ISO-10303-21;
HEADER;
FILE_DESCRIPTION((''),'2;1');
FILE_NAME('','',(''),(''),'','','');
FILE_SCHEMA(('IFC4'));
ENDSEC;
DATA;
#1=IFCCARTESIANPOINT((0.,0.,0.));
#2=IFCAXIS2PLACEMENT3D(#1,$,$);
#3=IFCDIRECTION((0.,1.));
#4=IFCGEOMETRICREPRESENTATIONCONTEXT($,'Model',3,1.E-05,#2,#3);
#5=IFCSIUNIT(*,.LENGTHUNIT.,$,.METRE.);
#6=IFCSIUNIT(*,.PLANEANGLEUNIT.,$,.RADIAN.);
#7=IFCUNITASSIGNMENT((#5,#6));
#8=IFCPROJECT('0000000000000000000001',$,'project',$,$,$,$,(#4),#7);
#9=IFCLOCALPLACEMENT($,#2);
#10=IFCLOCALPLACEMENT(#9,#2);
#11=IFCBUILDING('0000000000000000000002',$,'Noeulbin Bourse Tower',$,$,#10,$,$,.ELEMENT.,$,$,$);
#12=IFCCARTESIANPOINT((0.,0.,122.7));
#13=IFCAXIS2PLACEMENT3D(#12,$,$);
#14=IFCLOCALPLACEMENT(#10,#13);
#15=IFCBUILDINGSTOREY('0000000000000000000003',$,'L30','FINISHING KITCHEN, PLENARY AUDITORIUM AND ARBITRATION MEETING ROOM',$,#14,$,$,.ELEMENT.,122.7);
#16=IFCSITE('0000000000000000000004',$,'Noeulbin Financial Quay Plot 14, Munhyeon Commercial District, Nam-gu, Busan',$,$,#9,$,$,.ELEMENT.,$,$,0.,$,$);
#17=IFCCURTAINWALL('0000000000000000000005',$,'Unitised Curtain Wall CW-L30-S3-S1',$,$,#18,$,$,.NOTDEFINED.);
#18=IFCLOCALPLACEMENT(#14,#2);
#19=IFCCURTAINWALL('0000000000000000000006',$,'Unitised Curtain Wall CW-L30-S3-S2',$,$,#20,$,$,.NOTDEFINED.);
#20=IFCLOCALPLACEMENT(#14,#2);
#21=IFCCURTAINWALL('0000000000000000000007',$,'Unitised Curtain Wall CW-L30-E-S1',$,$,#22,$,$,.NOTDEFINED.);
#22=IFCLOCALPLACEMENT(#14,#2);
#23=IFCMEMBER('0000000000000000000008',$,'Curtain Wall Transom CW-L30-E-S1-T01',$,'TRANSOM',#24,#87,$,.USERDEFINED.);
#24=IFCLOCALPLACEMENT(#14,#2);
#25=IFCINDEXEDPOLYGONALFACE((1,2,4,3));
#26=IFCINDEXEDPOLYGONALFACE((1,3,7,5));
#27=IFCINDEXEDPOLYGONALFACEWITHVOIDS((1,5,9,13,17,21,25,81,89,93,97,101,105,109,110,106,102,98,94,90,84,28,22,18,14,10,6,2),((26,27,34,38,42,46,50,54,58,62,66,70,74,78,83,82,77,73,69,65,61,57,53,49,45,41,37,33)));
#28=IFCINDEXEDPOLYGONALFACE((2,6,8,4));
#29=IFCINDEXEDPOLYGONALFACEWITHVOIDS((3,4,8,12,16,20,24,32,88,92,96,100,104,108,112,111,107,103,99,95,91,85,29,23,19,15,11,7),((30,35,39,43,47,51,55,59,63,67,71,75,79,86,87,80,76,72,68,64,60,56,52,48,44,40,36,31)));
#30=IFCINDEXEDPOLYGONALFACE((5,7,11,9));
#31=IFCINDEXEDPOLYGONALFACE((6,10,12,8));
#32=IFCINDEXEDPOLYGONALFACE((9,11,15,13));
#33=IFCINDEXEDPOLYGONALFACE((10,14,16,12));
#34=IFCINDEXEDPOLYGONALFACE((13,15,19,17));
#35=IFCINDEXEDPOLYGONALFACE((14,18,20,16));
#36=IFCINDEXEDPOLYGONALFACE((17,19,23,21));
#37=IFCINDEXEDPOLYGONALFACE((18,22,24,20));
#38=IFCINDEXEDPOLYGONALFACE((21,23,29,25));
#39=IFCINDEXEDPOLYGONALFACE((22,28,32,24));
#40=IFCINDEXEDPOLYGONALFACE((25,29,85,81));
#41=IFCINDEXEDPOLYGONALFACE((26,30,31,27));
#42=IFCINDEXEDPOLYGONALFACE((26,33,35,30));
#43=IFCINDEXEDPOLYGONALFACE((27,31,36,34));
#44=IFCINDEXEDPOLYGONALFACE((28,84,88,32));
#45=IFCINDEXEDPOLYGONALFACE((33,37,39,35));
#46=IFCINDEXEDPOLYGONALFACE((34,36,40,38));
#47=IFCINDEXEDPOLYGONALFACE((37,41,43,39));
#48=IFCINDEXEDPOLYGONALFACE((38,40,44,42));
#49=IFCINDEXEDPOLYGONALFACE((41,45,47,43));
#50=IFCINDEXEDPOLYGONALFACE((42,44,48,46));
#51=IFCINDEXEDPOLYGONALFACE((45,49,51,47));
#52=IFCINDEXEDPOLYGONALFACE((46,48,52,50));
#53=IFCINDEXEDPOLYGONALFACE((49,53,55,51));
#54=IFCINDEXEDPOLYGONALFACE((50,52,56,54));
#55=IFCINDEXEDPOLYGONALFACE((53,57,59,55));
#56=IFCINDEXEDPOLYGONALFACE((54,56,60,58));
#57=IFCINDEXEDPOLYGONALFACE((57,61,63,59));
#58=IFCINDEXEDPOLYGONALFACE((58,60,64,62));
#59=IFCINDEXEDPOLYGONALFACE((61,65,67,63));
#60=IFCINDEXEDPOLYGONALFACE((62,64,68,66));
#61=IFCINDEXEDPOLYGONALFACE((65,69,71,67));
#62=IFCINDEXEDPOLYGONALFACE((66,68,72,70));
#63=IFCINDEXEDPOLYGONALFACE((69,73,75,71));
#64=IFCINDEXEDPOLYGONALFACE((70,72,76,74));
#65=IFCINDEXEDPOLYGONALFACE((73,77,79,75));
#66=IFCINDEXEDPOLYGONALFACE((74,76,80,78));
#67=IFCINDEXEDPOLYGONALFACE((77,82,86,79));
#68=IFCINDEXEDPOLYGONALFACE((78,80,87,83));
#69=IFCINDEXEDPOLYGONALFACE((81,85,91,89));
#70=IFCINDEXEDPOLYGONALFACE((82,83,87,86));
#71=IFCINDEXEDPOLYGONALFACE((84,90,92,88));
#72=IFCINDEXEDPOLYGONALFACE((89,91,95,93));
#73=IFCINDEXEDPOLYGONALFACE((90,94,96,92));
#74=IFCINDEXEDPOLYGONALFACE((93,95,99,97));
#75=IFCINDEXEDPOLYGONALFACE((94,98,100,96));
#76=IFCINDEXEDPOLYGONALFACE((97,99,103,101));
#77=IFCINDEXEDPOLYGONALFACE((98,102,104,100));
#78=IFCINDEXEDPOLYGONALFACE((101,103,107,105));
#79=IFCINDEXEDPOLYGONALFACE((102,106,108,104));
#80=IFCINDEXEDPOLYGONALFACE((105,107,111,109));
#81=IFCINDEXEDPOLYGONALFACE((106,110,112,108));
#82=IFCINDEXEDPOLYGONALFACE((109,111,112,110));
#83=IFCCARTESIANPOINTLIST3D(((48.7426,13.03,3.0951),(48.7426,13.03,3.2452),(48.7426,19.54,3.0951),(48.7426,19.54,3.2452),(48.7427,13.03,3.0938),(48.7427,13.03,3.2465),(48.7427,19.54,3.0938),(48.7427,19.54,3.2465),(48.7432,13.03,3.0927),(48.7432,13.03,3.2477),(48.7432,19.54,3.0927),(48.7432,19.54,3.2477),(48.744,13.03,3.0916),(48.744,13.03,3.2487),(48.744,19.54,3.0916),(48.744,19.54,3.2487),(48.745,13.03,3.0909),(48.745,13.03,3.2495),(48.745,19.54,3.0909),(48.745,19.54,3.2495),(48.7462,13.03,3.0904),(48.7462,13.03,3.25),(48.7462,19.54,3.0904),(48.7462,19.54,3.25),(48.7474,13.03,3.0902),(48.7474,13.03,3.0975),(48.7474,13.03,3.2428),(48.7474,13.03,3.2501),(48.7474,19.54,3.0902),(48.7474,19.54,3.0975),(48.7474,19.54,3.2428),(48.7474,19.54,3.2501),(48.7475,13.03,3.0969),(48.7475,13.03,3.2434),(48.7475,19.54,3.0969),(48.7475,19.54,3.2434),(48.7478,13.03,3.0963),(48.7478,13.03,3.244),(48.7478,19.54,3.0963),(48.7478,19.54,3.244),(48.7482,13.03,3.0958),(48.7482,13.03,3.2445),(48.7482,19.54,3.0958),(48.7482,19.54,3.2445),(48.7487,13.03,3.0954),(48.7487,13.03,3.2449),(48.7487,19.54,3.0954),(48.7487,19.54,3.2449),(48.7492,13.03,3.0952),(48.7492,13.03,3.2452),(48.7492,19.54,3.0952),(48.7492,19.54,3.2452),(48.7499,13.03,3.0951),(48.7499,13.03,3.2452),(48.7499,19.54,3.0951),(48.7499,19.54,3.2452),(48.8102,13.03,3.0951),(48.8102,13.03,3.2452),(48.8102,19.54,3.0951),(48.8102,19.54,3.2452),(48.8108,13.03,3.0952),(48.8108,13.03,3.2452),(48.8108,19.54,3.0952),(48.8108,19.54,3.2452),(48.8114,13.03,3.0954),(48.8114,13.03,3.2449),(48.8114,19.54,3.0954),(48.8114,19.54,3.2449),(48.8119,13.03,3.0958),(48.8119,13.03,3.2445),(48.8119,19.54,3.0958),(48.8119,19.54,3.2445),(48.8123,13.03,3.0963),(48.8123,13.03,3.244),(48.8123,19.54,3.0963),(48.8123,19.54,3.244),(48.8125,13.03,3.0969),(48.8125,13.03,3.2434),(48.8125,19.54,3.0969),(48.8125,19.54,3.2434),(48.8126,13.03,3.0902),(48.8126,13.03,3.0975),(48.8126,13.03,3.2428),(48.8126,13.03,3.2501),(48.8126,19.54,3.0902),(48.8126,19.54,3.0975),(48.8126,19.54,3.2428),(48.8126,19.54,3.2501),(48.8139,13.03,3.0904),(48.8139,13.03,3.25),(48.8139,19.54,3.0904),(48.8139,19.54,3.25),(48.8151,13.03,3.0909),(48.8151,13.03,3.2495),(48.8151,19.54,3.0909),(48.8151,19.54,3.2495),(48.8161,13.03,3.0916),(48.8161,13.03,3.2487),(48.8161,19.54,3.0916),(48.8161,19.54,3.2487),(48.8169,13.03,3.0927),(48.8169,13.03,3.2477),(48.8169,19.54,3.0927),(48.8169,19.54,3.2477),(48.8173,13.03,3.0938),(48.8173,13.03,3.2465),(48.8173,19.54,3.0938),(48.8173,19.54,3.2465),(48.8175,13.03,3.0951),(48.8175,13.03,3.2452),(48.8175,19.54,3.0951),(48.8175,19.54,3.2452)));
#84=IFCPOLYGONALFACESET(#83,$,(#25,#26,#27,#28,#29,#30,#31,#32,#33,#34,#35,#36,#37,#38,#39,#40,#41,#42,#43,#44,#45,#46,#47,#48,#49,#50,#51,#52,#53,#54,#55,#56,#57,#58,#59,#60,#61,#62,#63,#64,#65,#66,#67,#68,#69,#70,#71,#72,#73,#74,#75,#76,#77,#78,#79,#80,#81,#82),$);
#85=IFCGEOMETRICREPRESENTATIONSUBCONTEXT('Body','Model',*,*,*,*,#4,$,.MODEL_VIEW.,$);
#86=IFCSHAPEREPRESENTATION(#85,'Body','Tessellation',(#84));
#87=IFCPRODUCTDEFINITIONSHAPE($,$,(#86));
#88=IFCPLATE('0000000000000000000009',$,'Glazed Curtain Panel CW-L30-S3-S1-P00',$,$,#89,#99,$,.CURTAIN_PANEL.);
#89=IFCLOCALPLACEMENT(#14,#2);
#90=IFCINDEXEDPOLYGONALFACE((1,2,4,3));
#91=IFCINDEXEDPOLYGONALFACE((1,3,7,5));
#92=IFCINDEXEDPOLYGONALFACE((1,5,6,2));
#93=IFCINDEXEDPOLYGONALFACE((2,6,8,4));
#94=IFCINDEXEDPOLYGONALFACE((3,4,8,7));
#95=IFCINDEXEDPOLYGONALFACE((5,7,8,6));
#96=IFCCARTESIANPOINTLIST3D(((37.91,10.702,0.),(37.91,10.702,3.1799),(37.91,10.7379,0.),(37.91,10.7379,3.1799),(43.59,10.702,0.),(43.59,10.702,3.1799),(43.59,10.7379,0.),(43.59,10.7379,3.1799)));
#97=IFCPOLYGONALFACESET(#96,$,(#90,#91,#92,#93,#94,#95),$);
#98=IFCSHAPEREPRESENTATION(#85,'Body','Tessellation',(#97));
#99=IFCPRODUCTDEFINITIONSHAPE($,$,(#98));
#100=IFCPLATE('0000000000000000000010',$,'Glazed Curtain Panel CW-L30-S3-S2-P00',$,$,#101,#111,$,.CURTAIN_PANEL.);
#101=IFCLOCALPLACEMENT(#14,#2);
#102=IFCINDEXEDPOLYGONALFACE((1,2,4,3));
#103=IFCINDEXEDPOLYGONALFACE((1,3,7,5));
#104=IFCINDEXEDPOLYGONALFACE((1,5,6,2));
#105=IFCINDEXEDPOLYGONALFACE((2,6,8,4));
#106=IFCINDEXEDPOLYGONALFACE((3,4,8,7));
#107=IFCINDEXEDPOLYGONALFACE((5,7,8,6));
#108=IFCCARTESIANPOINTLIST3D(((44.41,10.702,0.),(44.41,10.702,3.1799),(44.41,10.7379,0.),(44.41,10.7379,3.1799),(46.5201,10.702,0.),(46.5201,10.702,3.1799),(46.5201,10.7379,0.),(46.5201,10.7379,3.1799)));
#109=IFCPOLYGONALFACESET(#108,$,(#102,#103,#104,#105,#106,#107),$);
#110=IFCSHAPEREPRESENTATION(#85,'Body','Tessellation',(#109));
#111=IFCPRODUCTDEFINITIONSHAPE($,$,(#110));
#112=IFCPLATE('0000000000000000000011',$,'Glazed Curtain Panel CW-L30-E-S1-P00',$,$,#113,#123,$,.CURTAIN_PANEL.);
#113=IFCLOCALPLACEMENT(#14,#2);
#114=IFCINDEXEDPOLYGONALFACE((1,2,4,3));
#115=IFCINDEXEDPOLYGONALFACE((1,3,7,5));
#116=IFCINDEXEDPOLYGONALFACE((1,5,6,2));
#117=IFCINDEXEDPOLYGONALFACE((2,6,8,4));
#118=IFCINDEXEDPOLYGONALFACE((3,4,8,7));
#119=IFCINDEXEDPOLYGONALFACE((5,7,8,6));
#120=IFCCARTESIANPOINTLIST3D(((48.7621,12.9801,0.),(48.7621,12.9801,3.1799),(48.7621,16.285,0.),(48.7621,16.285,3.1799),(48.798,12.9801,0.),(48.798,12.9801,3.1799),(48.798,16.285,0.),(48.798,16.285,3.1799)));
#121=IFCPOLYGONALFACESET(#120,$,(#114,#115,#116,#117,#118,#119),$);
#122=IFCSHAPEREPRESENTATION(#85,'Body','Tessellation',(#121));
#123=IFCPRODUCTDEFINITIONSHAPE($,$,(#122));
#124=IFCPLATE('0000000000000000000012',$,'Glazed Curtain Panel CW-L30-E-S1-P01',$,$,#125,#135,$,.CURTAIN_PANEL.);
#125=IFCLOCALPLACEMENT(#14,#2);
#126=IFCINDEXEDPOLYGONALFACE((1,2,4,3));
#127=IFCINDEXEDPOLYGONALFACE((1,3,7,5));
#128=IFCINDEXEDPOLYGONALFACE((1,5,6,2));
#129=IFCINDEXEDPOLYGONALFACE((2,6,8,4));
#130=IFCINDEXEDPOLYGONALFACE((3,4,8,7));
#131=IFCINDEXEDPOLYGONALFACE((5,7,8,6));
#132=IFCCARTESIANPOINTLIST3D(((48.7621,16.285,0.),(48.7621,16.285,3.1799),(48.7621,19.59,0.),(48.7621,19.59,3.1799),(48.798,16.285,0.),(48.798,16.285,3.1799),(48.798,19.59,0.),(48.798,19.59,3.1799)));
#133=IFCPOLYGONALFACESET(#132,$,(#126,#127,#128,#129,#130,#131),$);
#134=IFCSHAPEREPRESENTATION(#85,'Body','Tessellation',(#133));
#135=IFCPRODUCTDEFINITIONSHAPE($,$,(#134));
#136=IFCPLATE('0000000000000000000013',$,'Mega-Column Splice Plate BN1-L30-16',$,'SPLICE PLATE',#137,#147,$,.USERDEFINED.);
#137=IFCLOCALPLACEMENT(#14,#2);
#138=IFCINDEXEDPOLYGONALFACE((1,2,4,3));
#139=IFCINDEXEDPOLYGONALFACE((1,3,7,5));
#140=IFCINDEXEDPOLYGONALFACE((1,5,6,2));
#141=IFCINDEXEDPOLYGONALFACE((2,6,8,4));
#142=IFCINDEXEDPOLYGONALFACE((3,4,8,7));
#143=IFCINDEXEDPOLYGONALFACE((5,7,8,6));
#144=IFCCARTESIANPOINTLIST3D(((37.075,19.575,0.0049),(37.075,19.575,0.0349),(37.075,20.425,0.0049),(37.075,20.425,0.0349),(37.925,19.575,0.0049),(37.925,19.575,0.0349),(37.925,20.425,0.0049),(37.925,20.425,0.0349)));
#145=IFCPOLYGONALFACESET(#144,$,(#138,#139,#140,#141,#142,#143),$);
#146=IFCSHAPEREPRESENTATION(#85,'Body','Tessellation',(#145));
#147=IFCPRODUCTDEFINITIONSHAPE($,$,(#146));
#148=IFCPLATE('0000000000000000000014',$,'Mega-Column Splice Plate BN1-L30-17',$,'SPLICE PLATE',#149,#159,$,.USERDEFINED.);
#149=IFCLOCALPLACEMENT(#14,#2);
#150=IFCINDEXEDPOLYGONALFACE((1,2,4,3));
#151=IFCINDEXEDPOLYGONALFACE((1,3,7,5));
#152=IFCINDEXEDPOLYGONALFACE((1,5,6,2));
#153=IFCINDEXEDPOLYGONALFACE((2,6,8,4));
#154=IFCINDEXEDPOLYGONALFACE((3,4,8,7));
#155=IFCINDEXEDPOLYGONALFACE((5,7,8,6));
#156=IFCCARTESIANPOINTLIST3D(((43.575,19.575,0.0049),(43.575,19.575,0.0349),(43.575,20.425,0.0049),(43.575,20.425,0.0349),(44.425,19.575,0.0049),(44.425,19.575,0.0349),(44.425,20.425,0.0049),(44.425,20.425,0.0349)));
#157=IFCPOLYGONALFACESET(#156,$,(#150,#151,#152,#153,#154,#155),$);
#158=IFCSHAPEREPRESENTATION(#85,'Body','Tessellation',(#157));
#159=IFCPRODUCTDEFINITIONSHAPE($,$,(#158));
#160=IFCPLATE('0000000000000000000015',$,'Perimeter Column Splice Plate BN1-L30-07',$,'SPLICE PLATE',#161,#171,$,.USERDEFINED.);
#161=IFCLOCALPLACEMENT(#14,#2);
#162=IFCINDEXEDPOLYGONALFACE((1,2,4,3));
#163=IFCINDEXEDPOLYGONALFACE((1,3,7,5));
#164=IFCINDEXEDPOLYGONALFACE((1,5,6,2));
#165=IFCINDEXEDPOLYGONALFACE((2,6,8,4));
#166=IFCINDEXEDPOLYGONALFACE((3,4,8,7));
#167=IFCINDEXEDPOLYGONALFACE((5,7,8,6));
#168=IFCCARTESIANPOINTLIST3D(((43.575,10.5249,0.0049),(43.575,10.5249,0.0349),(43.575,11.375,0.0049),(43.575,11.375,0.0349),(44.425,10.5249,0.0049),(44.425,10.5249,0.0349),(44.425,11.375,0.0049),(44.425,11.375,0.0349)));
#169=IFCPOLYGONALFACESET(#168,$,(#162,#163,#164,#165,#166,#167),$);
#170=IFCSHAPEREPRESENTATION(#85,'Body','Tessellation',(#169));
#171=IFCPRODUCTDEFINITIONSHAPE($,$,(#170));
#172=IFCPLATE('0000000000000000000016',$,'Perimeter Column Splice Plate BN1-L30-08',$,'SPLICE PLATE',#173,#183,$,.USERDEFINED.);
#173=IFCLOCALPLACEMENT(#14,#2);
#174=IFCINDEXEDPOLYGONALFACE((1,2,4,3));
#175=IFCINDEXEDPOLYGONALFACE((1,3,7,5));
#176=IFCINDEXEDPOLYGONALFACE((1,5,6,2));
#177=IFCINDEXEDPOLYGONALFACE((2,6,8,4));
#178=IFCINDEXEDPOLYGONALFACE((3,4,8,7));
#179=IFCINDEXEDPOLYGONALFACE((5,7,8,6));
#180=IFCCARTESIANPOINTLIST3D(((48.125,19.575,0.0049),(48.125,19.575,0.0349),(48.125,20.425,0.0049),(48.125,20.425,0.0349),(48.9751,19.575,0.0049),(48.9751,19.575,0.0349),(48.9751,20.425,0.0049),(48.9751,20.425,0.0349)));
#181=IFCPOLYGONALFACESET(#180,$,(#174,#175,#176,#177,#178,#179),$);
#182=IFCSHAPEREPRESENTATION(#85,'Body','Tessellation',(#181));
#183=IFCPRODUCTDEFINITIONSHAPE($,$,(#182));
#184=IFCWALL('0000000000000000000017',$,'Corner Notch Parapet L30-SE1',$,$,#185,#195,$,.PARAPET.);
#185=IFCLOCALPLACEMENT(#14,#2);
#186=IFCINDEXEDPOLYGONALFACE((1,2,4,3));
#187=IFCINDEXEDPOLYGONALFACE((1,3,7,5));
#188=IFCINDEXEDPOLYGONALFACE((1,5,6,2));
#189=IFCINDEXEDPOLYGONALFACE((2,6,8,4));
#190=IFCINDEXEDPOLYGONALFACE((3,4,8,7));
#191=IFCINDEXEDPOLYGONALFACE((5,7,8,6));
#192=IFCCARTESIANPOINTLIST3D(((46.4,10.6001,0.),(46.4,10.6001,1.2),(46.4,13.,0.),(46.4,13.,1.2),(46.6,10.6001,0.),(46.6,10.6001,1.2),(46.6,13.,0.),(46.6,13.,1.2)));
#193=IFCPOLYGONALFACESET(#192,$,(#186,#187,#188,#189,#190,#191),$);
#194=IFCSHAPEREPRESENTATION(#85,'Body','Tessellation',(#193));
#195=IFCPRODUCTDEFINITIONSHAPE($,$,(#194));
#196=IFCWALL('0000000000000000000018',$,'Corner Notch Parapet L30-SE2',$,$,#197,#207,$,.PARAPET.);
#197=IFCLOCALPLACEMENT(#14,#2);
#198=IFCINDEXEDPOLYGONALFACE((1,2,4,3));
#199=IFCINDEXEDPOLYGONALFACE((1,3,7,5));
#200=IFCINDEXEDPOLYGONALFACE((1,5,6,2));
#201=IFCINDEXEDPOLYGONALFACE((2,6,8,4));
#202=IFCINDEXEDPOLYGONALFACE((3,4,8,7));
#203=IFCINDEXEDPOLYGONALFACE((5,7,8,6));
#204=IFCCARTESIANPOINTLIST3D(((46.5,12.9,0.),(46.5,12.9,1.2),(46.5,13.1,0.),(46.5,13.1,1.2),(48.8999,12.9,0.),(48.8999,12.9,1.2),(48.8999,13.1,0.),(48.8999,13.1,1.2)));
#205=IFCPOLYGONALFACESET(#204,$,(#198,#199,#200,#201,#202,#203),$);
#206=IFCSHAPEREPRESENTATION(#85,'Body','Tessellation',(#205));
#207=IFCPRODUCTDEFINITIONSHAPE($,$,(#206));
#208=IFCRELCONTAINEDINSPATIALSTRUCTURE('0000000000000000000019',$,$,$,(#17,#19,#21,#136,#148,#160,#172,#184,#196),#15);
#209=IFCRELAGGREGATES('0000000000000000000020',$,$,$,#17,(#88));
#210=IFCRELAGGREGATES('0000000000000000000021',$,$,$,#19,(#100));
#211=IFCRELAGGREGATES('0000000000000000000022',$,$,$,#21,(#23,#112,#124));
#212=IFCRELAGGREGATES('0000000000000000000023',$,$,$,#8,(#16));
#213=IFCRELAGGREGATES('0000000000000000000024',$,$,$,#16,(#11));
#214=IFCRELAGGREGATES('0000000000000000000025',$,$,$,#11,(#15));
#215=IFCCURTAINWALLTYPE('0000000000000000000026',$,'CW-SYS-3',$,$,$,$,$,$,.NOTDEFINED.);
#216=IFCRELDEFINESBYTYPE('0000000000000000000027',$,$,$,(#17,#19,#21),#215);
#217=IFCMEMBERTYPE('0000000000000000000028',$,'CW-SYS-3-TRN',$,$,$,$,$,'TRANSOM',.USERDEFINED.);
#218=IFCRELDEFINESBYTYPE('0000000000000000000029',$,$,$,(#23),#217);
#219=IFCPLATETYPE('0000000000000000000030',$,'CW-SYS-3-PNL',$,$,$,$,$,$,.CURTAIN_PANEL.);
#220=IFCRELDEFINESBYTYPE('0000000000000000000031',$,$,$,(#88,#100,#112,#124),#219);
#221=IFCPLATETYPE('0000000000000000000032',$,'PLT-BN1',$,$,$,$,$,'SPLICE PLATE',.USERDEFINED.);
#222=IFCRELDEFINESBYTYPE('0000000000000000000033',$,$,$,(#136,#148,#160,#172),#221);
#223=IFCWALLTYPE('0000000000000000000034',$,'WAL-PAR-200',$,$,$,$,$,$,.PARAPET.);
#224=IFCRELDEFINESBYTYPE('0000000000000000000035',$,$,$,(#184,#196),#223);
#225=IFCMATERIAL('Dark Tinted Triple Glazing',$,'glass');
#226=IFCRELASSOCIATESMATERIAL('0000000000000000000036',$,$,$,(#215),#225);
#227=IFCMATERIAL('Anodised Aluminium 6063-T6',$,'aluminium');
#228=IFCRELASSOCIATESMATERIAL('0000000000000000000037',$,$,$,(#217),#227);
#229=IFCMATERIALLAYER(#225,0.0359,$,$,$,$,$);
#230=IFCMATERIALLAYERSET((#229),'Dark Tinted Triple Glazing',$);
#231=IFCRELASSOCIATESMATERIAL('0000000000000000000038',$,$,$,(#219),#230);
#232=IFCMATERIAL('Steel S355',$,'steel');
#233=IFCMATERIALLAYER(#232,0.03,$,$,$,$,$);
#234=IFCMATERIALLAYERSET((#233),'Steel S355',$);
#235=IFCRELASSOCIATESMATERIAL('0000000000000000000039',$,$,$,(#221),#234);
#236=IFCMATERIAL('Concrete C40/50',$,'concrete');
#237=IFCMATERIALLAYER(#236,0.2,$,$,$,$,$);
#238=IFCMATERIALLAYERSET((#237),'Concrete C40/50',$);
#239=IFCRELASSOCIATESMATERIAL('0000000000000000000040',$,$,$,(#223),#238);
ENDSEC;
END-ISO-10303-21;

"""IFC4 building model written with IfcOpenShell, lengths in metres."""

from ifc_helpers import new_model, si_unit, direction, frame, frame_2d, origin, origin_2d, place, context, subcontext, project, spatial, rectangle, hollow_rectangle, extrude, material, layer, layer_set, material_profile, profile_set, type_object, element, aggregate, save


model = new_model("IFC4")

# Units and contexts
model_context = context("Model", 3, precision=1e-05, world=origin(), true_north=direction((0.0, 1.0)))
body_context = subcontext(model_context, "Body", "Model", "MODEL_VIEW")
ifc_project = project(units=[si_unit("LENGTHUNIT", "METRE"), si_unit("PLANEANGLEUNIT", "RADIAN")], contexts=[model_context])

# Site, building, storey
site_placement = place(None, origin())
site = spatial("IfcSite", under=ifc_project, at=site_placement, Name="Noeulbin Financial Quay Plot 14, Munhyeon Commercial District, Nam-gu, Busan", CompositionType="ELEMENT", RefElevation=0.0)
building_placement = place(site_placement, origin())
building = spatial("IfcBuilding", under=site, at=building_placement, Name="Noeulbin Bourse Tower", CompositionType="ELEMENT")
storey_placement = place(building_placement, frame((0.0, 0.0, 122.7)))
storey = spatial("IfcBuildingStorey", under=building, at=storey_placement, Name="L30", Description="FINISHING KITCHEN, PLENARY AUDITORIUM AND ARBITRATION MEETING ROOM", CompositionType="ELEMENT", Elevation=122.7)

# Shared definitions
ifc_material_1 = material(Name="Steel S355", Category="steel")

# Curtain walls
ifc_material_2 = material(Name="Dark Tinted Triple Glazing", Category="glass")
curtain_wall_type = type_object("IfcCurtainWallType", Name="CW-SYS-3", PredefinedType="NOTDEFINED", material=ifc_material_2)
curtain_wall_1_placement = place(storey_placement, origin())
curtain_wall_1 = element("IfcCurtainWall", 1, at=curtain_wall_1_placement, inside=storey, type_object=curtain_wall_type, Name="Unitised Curtain Wall CW-L30-S3-S1", PredefinedType="NOTDEFINED")
ifc_material_3 = material(Name="Anodised Aluminium 6063-T6", Category="aluminium")
curtain_wall_2_placement = place(storey_placement, origin())
curtain_wall_2 = element("IfcCurtainWall", 2, at=curtain_wall_2_placement, inside=storey, type_object=curtain_wall_type, Name="Unitised Curtain Wall CW-L30-S3-S2", PredefinedType="NOTDEFINED")
curtain_wall_3_placement = place(storey_placement, origin())
curtain_wall_3 = element("IfcCurtainWall", 3, at=curtain_wall_3_placement, inside=storey, type_object=curtain_wall_type, Name="Unitised Curtain Wall CW-L30-E-S1", PredefinedType="NOTDEFINED")

# Member
ifc_material_profile_1 = material_profile(ifc_material_3, hollow_rectangle(XDim=0.075, YDim=0.1599, WallThickness=0.0049, InnerFilletRadius=0.0024, OuterFilletRadius=0.0049, at=origin_2d()), Name="ALU-TRAN-75x160x5", Category="LoadBearing")
ifc_profile_set_1 = profile_set([ifc_material_profile_1], Name="Anodised Aluminium 6063-T6")
member_type_1 = type_object("IfcMemberType", Name="CW-SYS-3-TRN", ElementType="TRANSOM", PredefinedType="USERDEFINED", material=ifc_profile_set_1)
member_1_placement = place(storey_placement, frame((48.78, 13.03, 3.1702), z_axis=(0.0, 1.0, 0.0), x_axis=(-1.0, 0.0, 0.0)))
member_1 = element("IfcMember", 4, at=member_1_placement, type_object=member_type_1, Name="Curtain Wall Transom CW-L30-E-S1-T01", ObjectType="TRANSOM", PredefinedType="USERDEFINED", context=body_context, shape_type="SweptSolid", body=[
    extrude(hollow_rectangle(XDim=0.075, YDim=0.1599, WallThickness=0.0049, InnerFilletRadius=0.0024, OuterFilletRadius=0.0049, at=origin_2d()), origin(), (0.0, 0.0, 1.0), 6.51),
])

# Plates
ifc_layer_1 = layer(ifc_material_2, 0.0359)
ifc_layer_set_1 = layer_set([ifc_layer_1], Name="Dark Tinted Triple Glazing")
plate_type_1 = type_object("IfcPlateType", Name="CW-SYS-3-PNL", PredefinedType="CURTAIN_PANEL", material=ifc_layer_set_1)
plate_1_placement = place(storey_placement, frame((40.75, 10.72, 0.0), z_axis=(0.0, 0.0, 1.0), x_axis=(1.0, 0.0, 0.0)))
plate_1 = element("IfcPlate", 5, at=plate_1_placement, type_object=plate_type_1, Name="Glazed Curtain Panel CW-L30-S3-S1-P00", PredefinedType="CURTAIN_PANEL", context=body_context, shape_type="SweptSolid", body=[
    extrude(rectangle(XDim=5.6799, YDim=0.0359, at=origin_2d()), origin(), (0.0, 0.0, 1.0), 3.1799),
])
aggregate(curtain_wall_1, [plate_1])
plate_2_placement = place(storey_placement, frame((45.4651, 10.72, 0.0), z_axis=(0.0, 0.0, 1.0), x_axis=(1.0, 0.0, 0.0)))
plate_2 = element("IfcPlate", 6, at=plate_2_placement, type_object=plate_type_1, Name="Glazed Curtain Panel CW-L30-S3-S2-P00", PredefinedType="CURTAIN_PANEL", context=body_context, shape_type="SweptSolid", body=[
    extrude(rectangle(XDim=2.1101, YDim=0.0359, at=origin_2d()), origin(), (0.0, 0.0, 1.0), 3.1799),
])
aggregate(curtain_wall_2, [plate_2])
plate_3_placement = place(storey_placement, frame((48.78, 14.6326, 0.0), z_axis=(0.0, 0.0, 1.0), x_axis=(0.0, 1.0, 0.0)))
plate_3 = element("IfcPlate", 7, at=plate_3_placement, type_object=plate_type_1, Name="Glazed Curtain Panel CW-L30-E-S1-P00", PredefinedType="CURTAIN_PANEL", context=body_context, shape_type="SweptSolid", body=[
    extrude(rectangle(XDim=3.3049, YDim=0.0359, at=origin_2d()), origin(), (0.0, 0.0, 1.0), 3.1799),
])
plate_4_placement = place(storey_placement, frame((48.78, 17.9375, 0.0), z_axis=(0.0, 0.0, 1.0), x_axis=(0.0, 1.0, 0.0)))
plate_4 = element("IfcPlate", 8, at=plate_4_placement, type_object=plate_type_1, Name="Glazed Curtain Panel CW-L30-E-S1-P01", PredefinedType="CURTAIN_PANEL", context=body_context, shape_type="SweptSolid", body=[
    extrude(rectangle(XDim=3.3049, YDim=0.0359, at=origin_2d()), origin(), (0.0, 0.0, 1.0), 3.1799),
])
aggregate(curtain_wall_3, [member_1, plate_3, plate_4])

# Plates
ifc_layer_2 = layer(ifc_material_1, 0.03)
ifc_layer_set_2 = layer_set([ifc_layer_2], Name="Steel S355")
plate_type_2 = type_object("IfcPlateType", Name="PLT-BN1", ElementType="SPLICE PLATE", PredefinedType="USERDEFINED", material=ifc_layer_set_2)
for number, where, z_axis, x_axis, name in (
    (9, (37.5, 20.0, 0.0049), (0.0, 0.0, 1.0), (1.0, 0.0, 0.0), "Mega-Column Splice Plate BN1-L30-16"),
    (10, (44.0, 20.0, 0.0049), (0.0, 0.0, 1.0), (1.0, 0.0, 0.0), "Mega-Column Splice Plate BN1-L30-17"),
    (11, (44.0, 10.95, 0.0049), (0.0, 0.0, 1.0), (1.0, 0.0, 0.0), "Perimeter Column Splice Plate BN1-L30-07"),
    (12, (48.55, 20.0, 0.0049), (0.0, 0.0, 1.0), (1.0, 0.0, 0.0), "Perimeter Column Splice Plate BN1-L30-08"),
):
    element("IfcPlate", number, at=place(storey_placement, frame(where, z_axis=z_axis, x_axis=x_axis)), inside=storey, type_object=plate_type_2, Name=name, ObjectType="SPLICE PLATE", PredefinedType="USERDEFINED", context=body_context, shape_type="SweptSolid", body=[
        extrude(rectangle(XDim=0.8501, YDim=0.8501, at=origin_2d()), origin(), (0.0, 0.0, 1.0), 0.03),
    ])

# Walls
ifc_material_4 = material(Name="Concrete C40/50", Category="concrete")
ifc_layer_3 = layer(ifc_material_4, 0.2)
ifc_layer_set_3 = layer_set([ifc_layer_3], Name="Concrete C40/50")
wall_type_1 = type_object("IfcWallType", Name="WAL-PAR-200", PredefinedType="PARAPET", material=ifc_layer_set_3)
for number, where, z_axis, x_axis, name in (
    (13, (46.5, 10.6001, 0.0), (0.0, 0.0, 1.0), (0.0, 1.0, 0.0), "Corner Notch Parapet L30-SE1"),
    (14, (46.5, 13.0, 0.0), (0.0, 0.0, 1.0), (1.0, 0.0, 0.0), "Corner Notch Parapet L30-SE2"),
):
    element("IfcWall", number, at=place(storey_placement, frame(where, z_axis=z_axis, x_axis=x_axis)), inside=storey, type_object=wall_type_1, Name=name, PredefinedType="PARAPET", context=body_context, shape_type="SweptSolid", body=[
        extrude(rectangle(XDim=2.3999, YDim=0.2, at=frame_2d((1.2, 0.0))), origin(), (0.0, 0.0, 1.0), 1.2),
    ])

save(model, "model.ifc")
